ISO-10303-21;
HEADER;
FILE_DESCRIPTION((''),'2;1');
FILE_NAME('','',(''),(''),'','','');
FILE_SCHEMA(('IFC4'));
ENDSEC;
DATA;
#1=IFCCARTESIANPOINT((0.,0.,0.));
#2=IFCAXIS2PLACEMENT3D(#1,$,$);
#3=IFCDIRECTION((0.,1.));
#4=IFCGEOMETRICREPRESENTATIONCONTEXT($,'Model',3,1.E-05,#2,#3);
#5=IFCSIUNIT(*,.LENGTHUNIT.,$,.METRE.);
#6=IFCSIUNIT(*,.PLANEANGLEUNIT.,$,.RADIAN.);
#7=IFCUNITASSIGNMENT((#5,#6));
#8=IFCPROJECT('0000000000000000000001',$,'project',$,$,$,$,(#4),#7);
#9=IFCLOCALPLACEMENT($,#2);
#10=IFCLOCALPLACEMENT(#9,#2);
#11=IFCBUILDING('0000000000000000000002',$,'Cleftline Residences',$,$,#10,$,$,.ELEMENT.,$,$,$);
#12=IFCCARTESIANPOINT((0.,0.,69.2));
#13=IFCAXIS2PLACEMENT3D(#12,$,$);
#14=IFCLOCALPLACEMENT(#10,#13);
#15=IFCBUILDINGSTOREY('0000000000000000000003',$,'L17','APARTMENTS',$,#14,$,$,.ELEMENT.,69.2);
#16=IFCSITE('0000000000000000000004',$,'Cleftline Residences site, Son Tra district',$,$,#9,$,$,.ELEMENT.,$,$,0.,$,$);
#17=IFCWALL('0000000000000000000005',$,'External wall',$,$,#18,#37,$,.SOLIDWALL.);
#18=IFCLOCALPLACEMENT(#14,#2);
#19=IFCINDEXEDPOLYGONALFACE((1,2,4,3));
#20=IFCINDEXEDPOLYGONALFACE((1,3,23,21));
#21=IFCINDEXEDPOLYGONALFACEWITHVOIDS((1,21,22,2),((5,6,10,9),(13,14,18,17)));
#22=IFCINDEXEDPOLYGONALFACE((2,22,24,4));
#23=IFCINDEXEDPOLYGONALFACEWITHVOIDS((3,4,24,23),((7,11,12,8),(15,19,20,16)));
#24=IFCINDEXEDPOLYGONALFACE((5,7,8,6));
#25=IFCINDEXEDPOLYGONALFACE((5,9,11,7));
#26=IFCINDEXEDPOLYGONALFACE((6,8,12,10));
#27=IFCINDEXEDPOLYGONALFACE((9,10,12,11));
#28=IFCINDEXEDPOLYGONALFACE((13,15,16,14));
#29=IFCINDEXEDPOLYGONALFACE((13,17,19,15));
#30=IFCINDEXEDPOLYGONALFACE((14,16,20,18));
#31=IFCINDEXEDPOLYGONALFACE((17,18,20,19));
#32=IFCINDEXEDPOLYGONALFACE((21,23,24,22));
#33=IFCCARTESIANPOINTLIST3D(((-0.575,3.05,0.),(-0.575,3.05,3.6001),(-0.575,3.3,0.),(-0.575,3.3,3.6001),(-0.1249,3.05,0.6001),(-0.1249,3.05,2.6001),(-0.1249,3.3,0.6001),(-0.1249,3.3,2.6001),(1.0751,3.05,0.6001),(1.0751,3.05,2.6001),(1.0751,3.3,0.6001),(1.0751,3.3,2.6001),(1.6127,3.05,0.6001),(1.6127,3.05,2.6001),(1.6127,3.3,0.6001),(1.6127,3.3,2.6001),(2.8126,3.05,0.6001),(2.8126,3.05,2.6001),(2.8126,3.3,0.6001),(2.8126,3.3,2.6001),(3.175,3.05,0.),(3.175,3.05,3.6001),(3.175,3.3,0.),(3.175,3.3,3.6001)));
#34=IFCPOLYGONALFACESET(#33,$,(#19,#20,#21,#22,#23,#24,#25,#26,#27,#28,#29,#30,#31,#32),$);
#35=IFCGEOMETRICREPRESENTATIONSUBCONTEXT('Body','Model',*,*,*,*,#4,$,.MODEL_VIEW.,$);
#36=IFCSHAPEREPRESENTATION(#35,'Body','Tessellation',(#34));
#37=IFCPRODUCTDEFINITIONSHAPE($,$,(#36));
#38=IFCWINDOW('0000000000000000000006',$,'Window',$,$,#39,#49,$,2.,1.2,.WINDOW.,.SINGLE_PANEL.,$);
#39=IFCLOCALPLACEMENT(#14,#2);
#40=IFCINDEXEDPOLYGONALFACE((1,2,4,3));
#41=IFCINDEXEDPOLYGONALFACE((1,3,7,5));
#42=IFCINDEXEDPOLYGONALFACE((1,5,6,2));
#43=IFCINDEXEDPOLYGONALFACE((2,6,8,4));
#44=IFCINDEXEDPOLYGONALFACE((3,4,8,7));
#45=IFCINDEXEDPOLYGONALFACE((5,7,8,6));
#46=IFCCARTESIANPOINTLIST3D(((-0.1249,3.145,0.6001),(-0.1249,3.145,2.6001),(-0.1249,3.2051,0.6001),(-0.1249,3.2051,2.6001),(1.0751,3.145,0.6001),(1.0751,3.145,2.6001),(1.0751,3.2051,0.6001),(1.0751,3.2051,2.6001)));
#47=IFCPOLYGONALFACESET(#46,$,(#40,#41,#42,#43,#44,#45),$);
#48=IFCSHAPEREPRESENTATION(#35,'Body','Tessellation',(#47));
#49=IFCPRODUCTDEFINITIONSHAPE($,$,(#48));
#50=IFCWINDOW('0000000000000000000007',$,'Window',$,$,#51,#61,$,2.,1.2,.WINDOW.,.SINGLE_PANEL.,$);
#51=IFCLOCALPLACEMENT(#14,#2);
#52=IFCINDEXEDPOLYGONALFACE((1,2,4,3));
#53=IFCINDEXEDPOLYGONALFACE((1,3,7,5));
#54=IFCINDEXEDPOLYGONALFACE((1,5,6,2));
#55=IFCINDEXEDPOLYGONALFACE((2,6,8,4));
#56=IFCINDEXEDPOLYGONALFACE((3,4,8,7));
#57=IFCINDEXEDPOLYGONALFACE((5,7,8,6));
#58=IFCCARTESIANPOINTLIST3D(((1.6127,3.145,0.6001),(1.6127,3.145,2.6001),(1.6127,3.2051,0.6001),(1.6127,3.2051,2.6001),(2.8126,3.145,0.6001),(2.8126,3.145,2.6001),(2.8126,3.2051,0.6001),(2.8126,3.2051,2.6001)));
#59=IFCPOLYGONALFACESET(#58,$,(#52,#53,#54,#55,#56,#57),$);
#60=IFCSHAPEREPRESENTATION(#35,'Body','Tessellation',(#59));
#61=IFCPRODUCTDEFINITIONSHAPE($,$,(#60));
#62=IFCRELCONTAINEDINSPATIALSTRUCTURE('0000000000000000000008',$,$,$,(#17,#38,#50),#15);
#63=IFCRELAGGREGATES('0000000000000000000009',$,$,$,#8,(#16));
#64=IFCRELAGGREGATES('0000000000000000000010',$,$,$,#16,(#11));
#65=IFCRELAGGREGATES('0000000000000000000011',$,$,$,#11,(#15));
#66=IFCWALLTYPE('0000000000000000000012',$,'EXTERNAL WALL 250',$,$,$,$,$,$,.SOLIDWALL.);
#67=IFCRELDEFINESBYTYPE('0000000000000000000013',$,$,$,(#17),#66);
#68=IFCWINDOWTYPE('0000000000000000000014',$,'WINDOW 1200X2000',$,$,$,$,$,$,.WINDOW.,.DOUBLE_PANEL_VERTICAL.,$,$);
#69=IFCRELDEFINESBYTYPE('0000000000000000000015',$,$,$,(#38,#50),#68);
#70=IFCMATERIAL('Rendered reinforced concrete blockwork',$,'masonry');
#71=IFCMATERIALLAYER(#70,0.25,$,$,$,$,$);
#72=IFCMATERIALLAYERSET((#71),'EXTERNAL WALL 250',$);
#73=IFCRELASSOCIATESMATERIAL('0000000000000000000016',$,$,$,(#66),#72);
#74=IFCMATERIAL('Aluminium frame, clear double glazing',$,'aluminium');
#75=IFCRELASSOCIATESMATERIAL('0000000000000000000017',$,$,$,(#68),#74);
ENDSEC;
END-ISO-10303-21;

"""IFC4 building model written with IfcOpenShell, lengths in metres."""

from ifc_helpers import new_model, si_unit, direction, frame, frame_2d, origin, place, context, subcontext, project, spatial, rectangle, extrude, material, layer, layer_set, type_object, element, fill, save


model = new_model("IFC4")

# Units and contexts
model_context = context("Model", 3, precision=1e-05, world=origin(), true_north=direction((0.0, 1.0)))
body_context = subcontext(model_context, "Body", "Model", "MODEL_VIEW")
ifc_project = project(units=[si_unit("LENGTHUNIT", "METRE"), si_unit("PLANEANGLEUNIT", "RADIAN")], contexts=[model_context])

# Site, building, storey
site_placement = place(None, origin())
site = spatial("IfcSite", under=ifc_project, at=site_placement, Name="Cleftline Residences site, Son Tra district", CompositionType="ELEMENT", RefElevation=0.0)
building_placement = place(site_placement, origin())
building = spatial("IfcBuilding", under=site, at=building_placement, Name="Cleftline Residences", CompositionType="ELEMENT")
storey_placement = place(building_placement, frame((0.0, 0.0, 69.2)))
storey = spatial("IfcBuildingStorey", under=building, at=storey_placement, Name="L17", Description="APARTMENTS", CompositionType="ELEMENT", Elevation=69.2)

# Wall, openings, windows
ifc_material_1 = material(Name="Rendered reinforced concrete blockwork", Category="masonry")
ifc_layer_1 = layer(ifc_material_1, 0.25)
ifc_layer_set_1 = layer_set([ifc_layer_1], Name="EXTERNAL WALL 250")
wall_type = type_object("IfcWallType", Name="EXTERNAL WALL 250", PredefinedType="SOLIDWALL", material=ifc_layer_set_1)
wall_placement = place(storey_placement, frame((-0.575, 3.175, 0.0), z_axis=(0.0, 0.0, 1.0), x_axis=(1.0, 0.0, 0.0)))
wall = element("IfcWall", 1, at=wall_placement, inside=storey, type_object=wall_type, Name="External wall", PredefinedType="SOLIDWALL", context=body_context, shape_type="SweptSolid", body=[
    extrude(rectangle(XDim=3.75, YDim=0.25, at=frame_2d((1.875, 0.0))), origin(), (0.0, 0.0, 1.0), 3.6001),
])
opening_1_placement = place(wall_placement, frame((0.45, 0.0, 0.6001)))
opening_1 = element("IfcOpeningElement", 2, at=opening_1_placement, cuts=wall, PredefinedType="OPENING", context=body_context, shape_type="SweptSolid", body=[
    extrude(rectangle(XDim=1.2, YDim=2.0, at=frame_2d((0.6001, 1.0))), frame((0.0, 0.135, 0.0), z_axis=(0.0, -1.0, 0.0), x_axis=(1.0, 0.0, 0.0)), (0.0, 0.0, 1.0), 0.27),
])
opening_2_placement = place(wall_placement, frame((2.1875, 0.0, 0.6001)))
opening_2 = element("IfcOpeningElement", 3, at=opening_2_placement, cuts=wall, PredefinedType="OPENING", context=body_context, shape_type="SweptSolid", body=[
    extrude(rectangle(XDim=1.2, YDim=2.0, at=frame_2d((0.6001, 1.0))), frame((0.0, 0.135, 0.0), z_axis=(0.0, -1.0, 0.0), x_axis=(1.0, 0.0, 0.0)), (0.0, 0.0, 1.0), 0.27),
])
ifc_material_2 = material(Name="Aluminium frame, clear double glazing", Category="aluminium")
window_type = type_object("IfcWindowType", Name="WINDOW 1200X2000", PartitioningType="DOUBLE_PANEL_VERTICAL", PredefinedType="WINDOW", material=ifc_material_2)
window_1_placement = place(opening_1_placement, origin())
window_1 = element("IfcWindow", 4, at=window_1_placement, inside=storey, type_object=window_type, Name="Window", OverallHeight=2.0, OverallWidth=1.2, PartitioningType="SINGLE_PANEL", PredefinedType="WINDOW", context=body_context, shape_type="SweptSolid", body=[
    extrude(rectangle(XDim=1.2, YDim=2.0, at=frame_2d((0.6001, 1.0))), frame((0.0, 0.03, 0.0), z_axis=(0.0, -1.0, 0.0), x_axis=(1.0, 0.0, 0.0)), (0.0, 0.0, 1.0), 0.0601),
])
fill(opening_1, window_1)
window_2_placement = place(opening_2_placement, origin())
window_2 = element("IfcWindow", 5, at=window_2_placement, inside=storey, type_object=window_type, Name="Window", OverallHeight=2.0, OverallWidth=1.2, PartitioningType="SINGLE_PANEL", PredefinedType="WINDOW", context=body_context, shape_type="SweptSolid", body=[
    extrude(rectangle(XDim=1.2, YDim=2.0, at=frame_2d((0.6001, 1.0))), frame((0.0, 0.03, 0.0), z_axis=(0.0, -1.0, 0.0), x_axis=(1.0, 0.0, 0.0)), (0.0, 0.0, 1.0), 0.0601),
])
fill(opening_2, window_2)

save(model, "model.ifc")
